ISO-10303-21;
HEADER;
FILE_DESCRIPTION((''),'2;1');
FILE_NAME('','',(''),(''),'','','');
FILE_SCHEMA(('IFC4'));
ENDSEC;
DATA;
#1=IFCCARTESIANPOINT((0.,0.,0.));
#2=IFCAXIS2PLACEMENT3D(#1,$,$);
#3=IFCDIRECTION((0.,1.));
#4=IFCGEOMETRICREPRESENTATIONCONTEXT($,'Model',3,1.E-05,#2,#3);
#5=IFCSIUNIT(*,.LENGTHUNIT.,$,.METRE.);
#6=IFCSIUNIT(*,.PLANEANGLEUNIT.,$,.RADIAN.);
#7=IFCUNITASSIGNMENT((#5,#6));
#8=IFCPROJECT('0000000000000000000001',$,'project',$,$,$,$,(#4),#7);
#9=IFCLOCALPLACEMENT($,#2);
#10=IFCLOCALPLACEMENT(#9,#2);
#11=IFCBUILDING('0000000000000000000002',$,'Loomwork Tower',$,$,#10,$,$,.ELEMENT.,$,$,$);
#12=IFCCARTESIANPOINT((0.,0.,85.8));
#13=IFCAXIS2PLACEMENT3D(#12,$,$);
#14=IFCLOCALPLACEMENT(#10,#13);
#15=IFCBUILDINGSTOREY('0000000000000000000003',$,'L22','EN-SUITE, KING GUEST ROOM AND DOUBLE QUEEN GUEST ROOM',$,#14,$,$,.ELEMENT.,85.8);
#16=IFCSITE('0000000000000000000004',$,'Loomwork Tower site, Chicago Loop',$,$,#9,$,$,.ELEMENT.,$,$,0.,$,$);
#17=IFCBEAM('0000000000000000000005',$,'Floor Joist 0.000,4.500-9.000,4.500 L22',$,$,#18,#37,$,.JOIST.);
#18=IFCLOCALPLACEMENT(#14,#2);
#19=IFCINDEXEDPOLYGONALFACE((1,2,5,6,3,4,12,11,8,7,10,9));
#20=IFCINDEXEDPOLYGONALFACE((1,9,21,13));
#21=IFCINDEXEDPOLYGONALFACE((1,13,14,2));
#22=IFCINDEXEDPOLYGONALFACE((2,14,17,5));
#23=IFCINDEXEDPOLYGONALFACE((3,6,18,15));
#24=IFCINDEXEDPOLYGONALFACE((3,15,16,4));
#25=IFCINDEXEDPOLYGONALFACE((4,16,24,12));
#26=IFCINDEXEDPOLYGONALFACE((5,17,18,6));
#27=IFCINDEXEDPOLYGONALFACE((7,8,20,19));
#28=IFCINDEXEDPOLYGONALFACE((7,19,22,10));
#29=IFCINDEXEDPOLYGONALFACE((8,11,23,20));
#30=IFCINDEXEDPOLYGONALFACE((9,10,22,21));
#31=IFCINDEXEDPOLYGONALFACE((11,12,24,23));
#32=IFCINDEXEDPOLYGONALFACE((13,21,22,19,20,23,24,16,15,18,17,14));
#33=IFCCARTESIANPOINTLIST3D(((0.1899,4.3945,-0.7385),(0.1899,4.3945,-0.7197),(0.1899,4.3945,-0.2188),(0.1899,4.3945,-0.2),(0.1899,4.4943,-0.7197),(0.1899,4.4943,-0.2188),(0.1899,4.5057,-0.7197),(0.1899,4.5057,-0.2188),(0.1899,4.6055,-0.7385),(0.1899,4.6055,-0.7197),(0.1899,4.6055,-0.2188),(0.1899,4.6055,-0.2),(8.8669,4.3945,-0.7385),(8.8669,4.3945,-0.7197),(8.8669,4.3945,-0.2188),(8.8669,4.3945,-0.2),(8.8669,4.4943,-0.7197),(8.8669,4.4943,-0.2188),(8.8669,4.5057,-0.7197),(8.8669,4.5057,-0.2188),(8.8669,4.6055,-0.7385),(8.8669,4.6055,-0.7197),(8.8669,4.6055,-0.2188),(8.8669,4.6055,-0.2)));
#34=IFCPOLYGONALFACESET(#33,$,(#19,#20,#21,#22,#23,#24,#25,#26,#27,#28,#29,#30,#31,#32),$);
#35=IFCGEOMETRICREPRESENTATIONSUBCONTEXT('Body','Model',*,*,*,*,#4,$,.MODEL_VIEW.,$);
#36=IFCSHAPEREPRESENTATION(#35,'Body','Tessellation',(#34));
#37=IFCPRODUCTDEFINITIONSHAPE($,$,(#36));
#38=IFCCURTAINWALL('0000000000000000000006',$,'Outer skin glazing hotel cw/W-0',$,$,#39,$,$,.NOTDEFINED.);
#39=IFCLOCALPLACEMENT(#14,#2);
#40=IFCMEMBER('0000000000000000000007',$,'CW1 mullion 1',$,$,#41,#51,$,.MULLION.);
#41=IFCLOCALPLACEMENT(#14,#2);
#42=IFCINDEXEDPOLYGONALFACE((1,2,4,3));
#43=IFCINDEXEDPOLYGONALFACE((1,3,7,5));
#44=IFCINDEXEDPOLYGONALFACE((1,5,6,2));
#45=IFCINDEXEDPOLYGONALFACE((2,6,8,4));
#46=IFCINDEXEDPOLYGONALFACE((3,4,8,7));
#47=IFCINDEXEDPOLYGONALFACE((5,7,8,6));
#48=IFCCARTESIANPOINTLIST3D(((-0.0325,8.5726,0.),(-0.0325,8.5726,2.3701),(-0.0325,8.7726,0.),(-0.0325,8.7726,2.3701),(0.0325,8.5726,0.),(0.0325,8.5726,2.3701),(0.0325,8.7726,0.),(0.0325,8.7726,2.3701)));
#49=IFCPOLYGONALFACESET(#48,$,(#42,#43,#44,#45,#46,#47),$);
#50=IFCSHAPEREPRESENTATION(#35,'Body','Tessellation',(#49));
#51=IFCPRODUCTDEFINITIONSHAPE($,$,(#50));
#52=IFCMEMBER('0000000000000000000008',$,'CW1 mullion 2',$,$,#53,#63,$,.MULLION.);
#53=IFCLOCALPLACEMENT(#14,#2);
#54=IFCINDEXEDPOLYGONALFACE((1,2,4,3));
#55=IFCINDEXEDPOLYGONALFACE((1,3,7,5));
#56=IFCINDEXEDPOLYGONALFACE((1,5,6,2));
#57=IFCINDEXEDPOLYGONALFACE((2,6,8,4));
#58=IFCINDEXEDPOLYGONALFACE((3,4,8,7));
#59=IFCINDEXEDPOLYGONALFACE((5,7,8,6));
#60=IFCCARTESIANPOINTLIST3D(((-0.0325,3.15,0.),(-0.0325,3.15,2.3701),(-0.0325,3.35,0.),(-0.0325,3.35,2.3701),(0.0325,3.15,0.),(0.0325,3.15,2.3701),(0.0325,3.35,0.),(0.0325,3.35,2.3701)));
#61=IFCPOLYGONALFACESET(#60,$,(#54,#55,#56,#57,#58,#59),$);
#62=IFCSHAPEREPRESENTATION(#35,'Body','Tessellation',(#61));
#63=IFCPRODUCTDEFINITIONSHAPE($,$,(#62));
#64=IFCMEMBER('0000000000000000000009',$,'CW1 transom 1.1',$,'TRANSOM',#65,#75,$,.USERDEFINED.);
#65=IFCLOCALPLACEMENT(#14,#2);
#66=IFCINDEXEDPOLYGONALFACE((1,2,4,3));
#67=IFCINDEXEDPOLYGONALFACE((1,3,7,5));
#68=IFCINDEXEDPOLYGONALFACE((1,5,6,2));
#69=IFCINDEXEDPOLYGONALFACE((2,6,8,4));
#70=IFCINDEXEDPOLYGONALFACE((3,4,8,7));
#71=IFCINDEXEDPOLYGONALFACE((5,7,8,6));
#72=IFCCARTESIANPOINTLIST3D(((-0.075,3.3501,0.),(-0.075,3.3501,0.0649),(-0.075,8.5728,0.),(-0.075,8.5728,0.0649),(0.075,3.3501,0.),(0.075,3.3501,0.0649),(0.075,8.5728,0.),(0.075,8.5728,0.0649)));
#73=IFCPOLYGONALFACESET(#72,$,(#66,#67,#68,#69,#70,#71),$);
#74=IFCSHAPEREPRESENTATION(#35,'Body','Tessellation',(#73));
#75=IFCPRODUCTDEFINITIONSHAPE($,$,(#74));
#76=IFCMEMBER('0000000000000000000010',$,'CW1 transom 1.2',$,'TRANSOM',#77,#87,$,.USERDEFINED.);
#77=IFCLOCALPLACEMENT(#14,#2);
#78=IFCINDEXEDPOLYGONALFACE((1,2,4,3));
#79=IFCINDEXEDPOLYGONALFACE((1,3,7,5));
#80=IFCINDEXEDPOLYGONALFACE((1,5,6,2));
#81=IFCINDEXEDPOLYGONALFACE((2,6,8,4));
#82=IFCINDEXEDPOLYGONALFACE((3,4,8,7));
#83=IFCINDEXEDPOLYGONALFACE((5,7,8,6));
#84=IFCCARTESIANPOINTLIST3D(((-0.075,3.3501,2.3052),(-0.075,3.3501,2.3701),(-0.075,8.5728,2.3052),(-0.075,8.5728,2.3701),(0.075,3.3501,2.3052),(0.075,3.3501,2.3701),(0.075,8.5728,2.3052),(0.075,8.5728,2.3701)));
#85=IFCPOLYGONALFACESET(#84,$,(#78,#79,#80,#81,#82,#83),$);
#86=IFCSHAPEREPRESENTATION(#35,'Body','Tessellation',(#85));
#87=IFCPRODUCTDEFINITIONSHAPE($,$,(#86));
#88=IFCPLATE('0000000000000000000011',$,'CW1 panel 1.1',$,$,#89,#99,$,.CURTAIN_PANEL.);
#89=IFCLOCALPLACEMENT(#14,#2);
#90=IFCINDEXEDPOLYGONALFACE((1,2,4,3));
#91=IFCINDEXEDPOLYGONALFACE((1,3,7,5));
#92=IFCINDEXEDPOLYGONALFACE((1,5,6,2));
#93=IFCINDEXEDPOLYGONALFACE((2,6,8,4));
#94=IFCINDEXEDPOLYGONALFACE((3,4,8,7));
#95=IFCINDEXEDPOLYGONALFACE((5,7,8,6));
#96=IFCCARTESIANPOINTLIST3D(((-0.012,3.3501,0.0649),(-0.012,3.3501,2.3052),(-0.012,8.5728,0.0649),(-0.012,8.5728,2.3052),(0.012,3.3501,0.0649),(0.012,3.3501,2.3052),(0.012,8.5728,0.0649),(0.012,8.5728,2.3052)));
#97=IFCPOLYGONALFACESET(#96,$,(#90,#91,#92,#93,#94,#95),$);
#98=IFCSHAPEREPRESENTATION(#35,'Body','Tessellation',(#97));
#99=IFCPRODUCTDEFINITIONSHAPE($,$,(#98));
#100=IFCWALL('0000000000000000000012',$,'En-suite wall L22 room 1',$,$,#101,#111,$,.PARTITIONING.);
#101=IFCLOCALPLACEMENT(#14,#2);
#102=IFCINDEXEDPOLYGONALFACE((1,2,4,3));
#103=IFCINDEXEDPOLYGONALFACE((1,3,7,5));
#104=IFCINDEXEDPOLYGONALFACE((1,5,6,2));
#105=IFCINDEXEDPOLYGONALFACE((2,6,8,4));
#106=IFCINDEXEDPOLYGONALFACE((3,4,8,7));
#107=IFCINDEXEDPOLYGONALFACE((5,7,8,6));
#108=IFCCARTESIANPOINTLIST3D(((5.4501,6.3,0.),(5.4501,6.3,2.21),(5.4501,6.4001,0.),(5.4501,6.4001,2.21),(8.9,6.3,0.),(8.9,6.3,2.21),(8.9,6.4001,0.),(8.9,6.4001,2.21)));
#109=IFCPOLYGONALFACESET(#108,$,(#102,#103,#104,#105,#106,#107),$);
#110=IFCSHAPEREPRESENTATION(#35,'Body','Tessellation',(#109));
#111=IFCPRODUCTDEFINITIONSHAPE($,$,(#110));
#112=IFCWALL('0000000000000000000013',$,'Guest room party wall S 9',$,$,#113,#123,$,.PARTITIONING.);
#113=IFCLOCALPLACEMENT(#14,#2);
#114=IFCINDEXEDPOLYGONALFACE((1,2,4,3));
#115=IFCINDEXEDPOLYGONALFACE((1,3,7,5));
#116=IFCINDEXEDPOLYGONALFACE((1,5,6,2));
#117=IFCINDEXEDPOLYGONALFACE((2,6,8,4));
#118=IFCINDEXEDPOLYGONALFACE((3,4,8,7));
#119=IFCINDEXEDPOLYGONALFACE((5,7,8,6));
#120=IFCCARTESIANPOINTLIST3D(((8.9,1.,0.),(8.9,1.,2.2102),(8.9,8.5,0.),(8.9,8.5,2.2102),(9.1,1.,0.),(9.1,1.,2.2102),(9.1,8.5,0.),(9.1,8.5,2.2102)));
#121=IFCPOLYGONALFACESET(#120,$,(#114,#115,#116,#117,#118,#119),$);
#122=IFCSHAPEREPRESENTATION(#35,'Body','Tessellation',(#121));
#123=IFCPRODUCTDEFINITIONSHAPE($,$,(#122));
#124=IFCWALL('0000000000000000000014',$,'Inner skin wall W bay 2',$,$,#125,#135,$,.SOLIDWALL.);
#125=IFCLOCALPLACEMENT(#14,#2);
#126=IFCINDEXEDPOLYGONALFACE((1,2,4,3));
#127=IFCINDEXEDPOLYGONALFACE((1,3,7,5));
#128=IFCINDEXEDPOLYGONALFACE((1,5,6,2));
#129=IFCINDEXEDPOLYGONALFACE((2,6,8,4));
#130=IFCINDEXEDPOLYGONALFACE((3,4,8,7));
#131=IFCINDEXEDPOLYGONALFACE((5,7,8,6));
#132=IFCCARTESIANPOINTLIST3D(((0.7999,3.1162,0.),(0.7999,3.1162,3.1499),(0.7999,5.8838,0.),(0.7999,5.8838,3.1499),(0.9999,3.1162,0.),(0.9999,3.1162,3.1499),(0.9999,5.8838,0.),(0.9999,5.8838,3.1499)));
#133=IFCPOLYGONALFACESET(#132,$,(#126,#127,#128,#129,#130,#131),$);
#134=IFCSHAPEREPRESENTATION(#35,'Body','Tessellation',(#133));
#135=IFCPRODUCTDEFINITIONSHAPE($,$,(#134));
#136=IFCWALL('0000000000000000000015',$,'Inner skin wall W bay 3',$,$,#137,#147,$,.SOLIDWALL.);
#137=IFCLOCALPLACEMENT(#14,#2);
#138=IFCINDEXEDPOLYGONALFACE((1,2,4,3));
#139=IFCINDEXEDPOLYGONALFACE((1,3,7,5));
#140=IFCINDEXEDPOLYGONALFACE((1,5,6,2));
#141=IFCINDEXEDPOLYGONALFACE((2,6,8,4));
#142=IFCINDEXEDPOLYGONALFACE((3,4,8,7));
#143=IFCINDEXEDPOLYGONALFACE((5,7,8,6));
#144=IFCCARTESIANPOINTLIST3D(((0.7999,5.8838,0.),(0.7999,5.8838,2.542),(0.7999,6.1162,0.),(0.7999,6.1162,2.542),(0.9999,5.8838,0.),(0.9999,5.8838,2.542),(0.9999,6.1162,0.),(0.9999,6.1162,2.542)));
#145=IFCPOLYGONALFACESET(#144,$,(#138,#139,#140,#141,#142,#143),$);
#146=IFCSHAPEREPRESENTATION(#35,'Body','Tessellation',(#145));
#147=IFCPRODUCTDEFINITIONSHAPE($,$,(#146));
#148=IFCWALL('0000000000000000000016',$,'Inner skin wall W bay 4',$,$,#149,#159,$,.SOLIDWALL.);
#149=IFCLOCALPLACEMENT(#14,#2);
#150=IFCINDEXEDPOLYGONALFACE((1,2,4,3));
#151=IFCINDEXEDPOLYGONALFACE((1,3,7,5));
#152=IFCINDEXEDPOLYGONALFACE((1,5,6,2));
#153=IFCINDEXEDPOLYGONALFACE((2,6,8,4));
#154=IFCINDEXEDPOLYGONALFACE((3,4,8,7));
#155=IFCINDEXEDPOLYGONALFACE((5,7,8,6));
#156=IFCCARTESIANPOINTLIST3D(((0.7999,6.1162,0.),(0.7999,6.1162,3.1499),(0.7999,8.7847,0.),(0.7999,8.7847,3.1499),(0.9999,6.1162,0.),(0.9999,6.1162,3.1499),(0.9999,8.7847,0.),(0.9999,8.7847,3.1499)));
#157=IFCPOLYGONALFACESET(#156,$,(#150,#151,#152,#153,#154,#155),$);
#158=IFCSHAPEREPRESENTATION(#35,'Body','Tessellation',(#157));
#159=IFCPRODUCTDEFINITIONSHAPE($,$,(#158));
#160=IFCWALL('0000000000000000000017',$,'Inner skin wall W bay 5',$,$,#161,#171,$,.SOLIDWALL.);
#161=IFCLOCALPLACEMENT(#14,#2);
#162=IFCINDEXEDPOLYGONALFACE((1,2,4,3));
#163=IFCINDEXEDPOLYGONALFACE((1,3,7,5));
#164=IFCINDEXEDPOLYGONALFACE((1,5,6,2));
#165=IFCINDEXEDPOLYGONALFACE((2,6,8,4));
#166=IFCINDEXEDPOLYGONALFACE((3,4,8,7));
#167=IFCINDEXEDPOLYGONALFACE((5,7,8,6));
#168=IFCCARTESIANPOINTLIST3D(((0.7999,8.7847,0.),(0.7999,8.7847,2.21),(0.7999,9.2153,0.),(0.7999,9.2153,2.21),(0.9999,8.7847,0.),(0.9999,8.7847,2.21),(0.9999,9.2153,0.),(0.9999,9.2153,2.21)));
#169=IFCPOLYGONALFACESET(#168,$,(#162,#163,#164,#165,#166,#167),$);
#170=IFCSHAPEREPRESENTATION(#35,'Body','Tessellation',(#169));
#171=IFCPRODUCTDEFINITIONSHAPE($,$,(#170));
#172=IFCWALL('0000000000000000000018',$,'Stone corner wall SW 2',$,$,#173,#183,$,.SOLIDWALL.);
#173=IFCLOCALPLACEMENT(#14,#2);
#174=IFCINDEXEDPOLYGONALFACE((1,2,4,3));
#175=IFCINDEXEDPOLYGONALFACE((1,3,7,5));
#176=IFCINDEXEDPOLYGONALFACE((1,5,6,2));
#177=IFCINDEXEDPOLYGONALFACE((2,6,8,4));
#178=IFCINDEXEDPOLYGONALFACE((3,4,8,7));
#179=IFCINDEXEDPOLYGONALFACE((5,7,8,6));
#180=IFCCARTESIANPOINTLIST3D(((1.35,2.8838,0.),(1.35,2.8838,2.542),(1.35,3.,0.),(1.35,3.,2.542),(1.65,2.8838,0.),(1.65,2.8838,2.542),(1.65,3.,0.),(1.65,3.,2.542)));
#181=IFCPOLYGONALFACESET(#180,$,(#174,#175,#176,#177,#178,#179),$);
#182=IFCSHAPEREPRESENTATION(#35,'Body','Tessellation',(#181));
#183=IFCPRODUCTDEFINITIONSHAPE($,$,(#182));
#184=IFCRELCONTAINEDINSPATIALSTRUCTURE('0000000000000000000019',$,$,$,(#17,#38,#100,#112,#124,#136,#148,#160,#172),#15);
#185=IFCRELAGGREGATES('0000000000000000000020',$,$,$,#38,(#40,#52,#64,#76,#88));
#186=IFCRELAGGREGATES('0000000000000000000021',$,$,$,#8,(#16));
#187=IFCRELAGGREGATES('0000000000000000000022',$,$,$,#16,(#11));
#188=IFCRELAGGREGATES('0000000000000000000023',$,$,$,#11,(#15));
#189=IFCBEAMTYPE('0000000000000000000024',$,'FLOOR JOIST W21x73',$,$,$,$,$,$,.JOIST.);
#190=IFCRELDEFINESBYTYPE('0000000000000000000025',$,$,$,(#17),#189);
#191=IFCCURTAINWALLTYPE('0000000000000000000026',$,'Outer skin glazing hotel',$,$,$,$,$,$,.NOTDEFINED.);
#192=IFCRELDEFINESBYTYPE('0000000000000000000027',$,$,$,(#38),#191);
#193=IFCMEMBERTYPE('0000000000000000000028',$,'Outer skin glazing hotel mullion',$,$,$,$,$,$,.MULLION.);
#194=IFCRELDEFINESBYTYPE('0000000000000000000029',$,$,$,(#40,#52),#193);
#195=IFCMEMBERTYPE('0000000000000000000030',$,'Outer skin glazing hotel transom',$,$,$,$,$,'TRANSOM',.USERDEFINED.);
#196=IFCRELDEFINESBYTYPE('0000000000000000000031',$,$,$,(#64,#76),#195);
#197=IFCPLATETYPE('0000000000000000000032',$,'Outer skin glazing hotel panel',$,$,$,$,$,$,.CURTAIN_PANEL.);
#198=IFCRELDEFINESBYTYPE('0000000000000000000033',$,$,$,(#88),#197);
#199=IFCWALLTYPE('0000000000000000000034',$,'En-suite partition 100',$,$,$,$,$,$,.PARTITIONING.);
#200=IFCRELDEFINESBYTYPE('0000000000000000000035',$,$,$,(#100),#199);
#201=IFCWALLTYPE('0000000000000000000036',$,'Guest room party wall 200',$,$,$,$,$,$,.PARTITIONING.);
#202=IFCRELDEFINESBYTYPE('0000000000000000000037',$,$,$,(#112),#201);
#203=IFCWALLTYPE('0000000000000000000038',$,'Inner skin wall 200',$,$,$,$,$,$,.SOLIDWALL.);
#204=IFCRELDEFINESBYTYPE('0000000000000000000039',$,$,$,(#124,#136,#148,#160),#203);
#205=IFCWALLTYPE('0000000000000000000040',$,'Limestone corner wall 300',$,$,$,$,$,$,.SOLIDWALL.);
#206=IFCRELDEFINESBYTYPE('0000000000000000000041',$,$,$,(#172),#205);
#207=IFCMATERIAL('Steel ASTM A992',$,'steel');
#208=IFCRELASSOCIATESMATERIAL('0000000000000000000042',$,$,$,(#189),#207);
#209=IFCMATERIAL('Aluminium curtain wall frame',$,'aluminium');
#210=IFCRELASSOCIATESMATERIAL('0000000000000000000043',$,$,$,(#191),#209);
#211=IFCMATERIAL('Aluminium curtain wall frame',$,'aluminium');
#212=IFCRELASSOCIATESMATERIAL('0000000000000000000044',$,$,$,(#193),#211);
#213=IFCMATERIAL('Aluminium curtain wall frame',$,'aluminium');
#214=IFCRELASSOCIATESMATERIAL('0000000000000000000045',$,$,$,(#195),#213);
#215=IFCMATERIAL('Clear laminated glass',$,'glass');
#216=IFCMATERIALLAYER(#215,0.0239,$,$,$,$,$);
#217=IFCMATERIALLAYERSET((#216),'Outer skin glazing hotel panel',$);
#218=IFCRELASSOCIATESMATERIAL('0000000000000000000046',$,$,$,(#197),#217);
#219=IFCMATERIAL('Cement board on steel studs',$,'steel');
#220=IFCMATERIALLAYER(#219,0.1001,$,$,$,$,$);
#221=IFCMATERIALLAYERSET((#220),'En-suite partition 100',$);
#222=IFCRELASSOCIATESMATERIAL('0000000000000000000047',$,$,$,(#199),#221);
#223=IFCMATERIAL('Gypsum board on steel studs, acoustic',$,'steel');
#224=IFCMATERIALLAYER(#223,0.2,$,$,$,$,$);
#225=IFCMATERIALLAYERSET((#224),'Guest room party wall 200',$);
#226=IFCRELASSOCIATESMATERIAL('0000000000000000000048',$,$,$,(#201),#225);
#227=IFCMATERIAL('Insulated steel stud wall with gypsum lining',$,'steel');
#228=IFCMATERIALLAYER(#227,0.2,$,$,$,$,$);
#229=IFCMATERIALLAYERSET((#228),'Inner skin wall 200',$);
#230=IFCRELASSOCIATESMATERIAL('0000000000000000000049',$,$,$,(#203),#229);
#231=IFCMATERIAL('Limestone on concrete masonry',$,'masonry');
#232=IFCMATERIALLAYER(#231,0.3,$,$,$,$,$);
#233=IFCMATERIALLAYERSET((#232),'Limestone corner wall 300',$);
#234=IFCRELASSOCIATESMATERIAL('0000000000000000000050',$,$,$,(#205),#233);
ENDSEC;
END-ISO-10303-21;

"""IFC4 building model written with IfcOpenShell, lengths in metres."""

from ifc_helpers import new_model, si_unit, direction, frame, frame_2d, origin, origin_2d, place, context, subcontext, project, spatial, rectangle, i_section, extrude, material, layer, layer_set, material_profile, profile_set, type_object, element, aggregate, save


model = new_model("IFC4")

# Units and contexts
model_context = context("Model", 3, precision=1e-05, world=origin(), true_north=direction((0.0, 1.0)))
body_context = subcontext(model_context, "Body", "Model", "MODEL_VIEW")
ifc_project = project(units=[si_unit("LENGTHUNIT", "METRE"), si_unit("PLANEANGLEUNIT", "RADIAN")], contexts=[model_context])

# Site, building, storey
site_placement = place(None, origin())
site = spatial("IfcSite", under=ifc_project, at=site_placement, Name="Loomwork Tower site, Chicago Loop", CompositionType="ELEMENT", RefElevation=0.0)
building_placement = place(site_placement, origin())
building = spatial("IfcBuilding", under=site, at=building_placement, Name="Loomwork Tower", CompositionType="ELEMENT")
storey_placement = place(building_placement, frame((0.0, 0.0, 85.8)))
storey = spatial("IfcBuildingStorey", under=building, at=storey_placement, Name="L22", Description="EN-SUITE, KING GUEST ROOM AND DOUBLE QUEEN GUEST ROOM", CompositionType="ELEMENT", Elevation=85.8)

# Beam
ifc_material_1 = material(Name="Steel ASTM A992", Category="steel")
ifc_material_profile_1 = material_profile(ifc_material_1, i_section(OverallWidth=0.2109, OverallDepth=0.5386, WebThickness=0.0115, FlangeThickness=0.0188, at=origin_2d()), Name="W21x73")
ifc_profile_set_1 = profile_set([ifc_material_profile_1], Name="Steel ASTM A992")
beam_type = type_object("IfcBeamType", Name="FLOOR JOIST W21x73", PredefinedType="JOIST", material=ifc_profile_set_1)
beam_placement = place(storey_placement, frame((0.1899, 4.5, -0.4692), z_axis=(1.0, 0.0, 0.0), x_axis=(0.0, 1.0, 0.0)))
element("IfcBeam", 1, at=beam_placement, inside=storey, type_object=beam_type, Name="Floor Joist 0.000,4.500-9.000,4.500 L22", PredefinedType="JOIST", context=body_context, shape_type="SweptSolid", body=[
    extrude(i_section(OverallWidth=0.2109, OverallDepth=0.5386, WebThickness=0.0115, FlangeThickness=0.0188, at=origin_2d()), origin(), (0.0, 0.0, 1.0), 8.677),
])

# Curtain wall, members, plate
ifc_material_2 = material(Name="Aluminium curtain wall frame", Category="aluminium")
curtain_wall_type = type_object("IfcCurtainWallType", Name="Outer skin glazing hotel", PredefinedType="NOTDEFINED", material=ifc_material_2)
curtain_wall_placement = place(storey_placement, origin())
curtain_wall = element("IfcCurtainWall", 2, at=curtain_wall_placement, inside=storey, type_object=curtain_wall_type, Name="Outer skin glazing hotel cw/W-0", PredefinedType="NOTDEFINED")
ifc_material_3 = material(Name="Aluminium curtain wall frame", Category="aluminium")
ifc_material_profile_2 = material_profile(ifc_material_3, rectangle(XDim=0.0649, YDim=0.2, at=origin_2d()), Name="AL 65x200")
ifc_profile_set_2 = profile_set([ifc_material_profile_2], Name="Aluminium curtain wall frame")
member_type_1 = type_object("IfcMemberType", Name="Outer skin glazing hotel mullion", PredefinedType="MULLION", material=ifc_profile_set_2)
member_1_placement = place(storey_placement, frame((0.0, 8.6726, 0.0), z_axis=(0.0, 0.0, 1.0), x_axis=(1.0, 0.0, 0.0)))
member_1 = element("IfcMember", 3, at=member_1_placement, type_object=member_type_1, Name="CW1 mullion 1", PredefinedType="MULLION", context=body_context, shape_type="SweptSolid", body=[
    extrude(rectangle(XDim=0.0649, YDim=0.2, at=origin_2d()), origin(), (0.0, 0.0, 1.0), 2.3701),
])
member_2_placement = place(storey_placement, frame((0.0, 3.25, 0.0), z_axis=(0.0, 0.0, 1.0), x_axis=(1.0, 0.0, 0.0)))
member_2 = element("IfcMember", 4, at=member_2_placement, type_object=member_type_1, Name="CW1 mullion 2", PredefinedType="MULLION", context=body_context, shape_type="SweptSolid", body=[
    extrude(rectangle(XDim=0.0649, YDim=0.2, at=origin_2d()), origin(), (0.0, 0.0, 1.0), 2.3701),
])
ifc_material_4 = material(Name="Aluminium curtain wall frame", Category="aluminium")
ifc_material_profile_3 = material_profile(ifc_material_4, rectangle(XDim=0.1499, YDim=0.0649, at=origin_2d()), Name="AL 65x150")
ifc_profile_set_3 = profile_set([ifc_material_profile_3], Name="Aluminium curtain wall frame")
member_type_2 = type_object("IfcMemberType", Name="Outer skin glazing hotel transom", ElementType="TRANSOM", PredefinedType="USERDEFINED", material=ifc_profile_set_3)
member_3_placement = place(storey_placement, frame((0.0, 8.5728, 0.0325), z_axis=(0.0, -1.0, 0.0), x_axis=(1.0, 0.0, 0.0)))
member_3 = element("IfcMember", 5, at=member_3_placement, type_object=member_type_2, Name="CW1 transom 1.1", ObjectType="TRANSOM", PredefinedType="USERDEFINED", context=body_context, shape_type="SweptSolid", body=[
    extrude(rectangle(XDim=0.1499, YDim=0.0649, at=origin_2d()), origin(), (0.0, 0.0, 1.0), 5.2227),
])
member_4_placement = place(storey_placement, frame((0.0, 8.5728, 2.3376), z_axis=(0.0, -1.0, 0.0), x_axis=(1.0, 0.0, 0.0)))
member_4 = element("IfcMember", 6, at=member_4_placement, type_object=member_type_2, Name="CW1 transom 1.2", ObjectType="TRANSOM", PredefinedType="USERDEFINED", context=body_context, shape_type="SweptSolid", body=[
    extrude(rectangle(XDim=0.1499, YDim=0.0649, at=origin_2d()), origin(), (0.0, 0.0, 1.0), 5.2227),
])
ifc_material_5 = material(Name="Clear laminated glass", Category="glass")
ifc_layer_1 = layer(ifc_material_5, 0.0239)
ifc_layer_set_1 = layer_set([ifc_layer_1], Name="Outer skin glazing hotel panel")
plate_type = type_object("IfcPlateType", Name="Outer skin glazing hotel panel", PredefinedType="CURTAIN_PANEL", material=ifc_layer_set_1)
plate_placement = place(storey_placement, frame((0.0, 5.9614, 0.0649), z_axis=(0.0, 0.0, 1.0), x_axis=(0.0, -1.0, 0.0)))
plate = element("IfcPlate", 7, at=plate_placement, type_object=plate_type, Name="CW1 panel 1.1", PredefinedType="CURTAIN_PANEL", context=body_context, shape_type="SweptSolid", body=[
    extrude(rectangle(XDim=5.2227, YDim=0.0239, at=origin_2d()), origin(), (0.0, 0.0, 1.0), 2.2402),
])
aggregate(curtain_wall, [member_1, member_2, member_3, member_4, plate])

# Walls
ifc_material_6 = material(Name="Cement board on steel studs", Category="steel")
ifc_layer_2 = layer(ifc_material_6, 0.1001)
ifc_layer_set_2 = layer_set([ifc_layer_2], Name="En-suite partition 100")
wall_type_1 = type_object("IfcWallType", Name="En-suite partition 100", PredefinedType="PARTITIONING", material=ifc_layer_set_2)
wall_1_placement = place(storey_placement, frame((5.45, 6.3501, 0.0), z_axis=(0.0, 0.0, 1.0), x_axis=(1.0, 0.0, 0.0)))
element("IfcWall", 8, at=wall_1_placement, inside=storey, type_object=wall_type_1, Name="En-suite wall L22 room 1", PredefinedType="PARTITIONING", context=body_context, shape_type="SweptSolid", body=[
    extrude(rectangle(XDim=3.45, YDim=0.1001, at=frame_2d((1.7251, 0.0))), origin(), (0.0, 0.0, 1.0), 2.21),
])
ifc_material_7 = material(Name="Gypsum board on steel studs, acoustic", Category="steel")
ifc_layer_3 = layer(ifc_material_7, 0.2)
ifc_layer_set_3 = layer_set([ifc_layer_3], Name="Guest room party wall 200")
wall_type_2 = type_object("IfcWallType", Name="Guest room party wall 200", PredefinedType="PARTITIONING", material=ifc_layer_set_3)
wall_2_placement = place(storey_placement, frame((9.0, 8.5, 0.0), z_axis=(0.0, 0.0, 1.0), x_axis=(0.0, -1.0, 0.0)))
element("IfcWall", 9, at=wall_2_placement, inside=storey, type_object=wall_type_2, Name="Guest room party wall S 9", PredefinedType="PARTITIONING", context=body_context, shape_type="SweptSolid", body=[
    extrude(rectangle(XDim=7.5, YDim=0.2, at=frame_2d((3.75, 0.0))), origin(), (0.0, 0.0, 1.0), 2.2102),
])
ifc_material_8 = material(Name="Insulated steel stud wall with gypsum lining", Category="steel")
ifc_layer_4 = layer(ifc_material_8, 0.2)
ifc_layer_set_4 = layer_set([ifc_layer_4], Name="Inner skin wall 200")
wall_type_3 = type_object("IfcWallType", Name="Inner skin wall 200", PredefinedType="SOLIDWALL", material=ifc_layer_set_4)
wall_3_placement = place(storey_placement, frame((0.8999, 3.1162, 0.0), z_axis=(0.0, 0.0, 1.0), x_axis=(0.0, 1.0, 0.0)))
element("IfcWall", 10, at=wall_3_placement, inside=storey, type_object=wall_type_3, Name="Inner skin wall W bay 2", PredefinedType="SOLIDWALL", context=body_context, shape_type="SweptSolid", body=[
    extrude(rectangle(XDim=2.7676, YDim=0.2, at=frame_2d((1.3838, 0.0))), origin(), (0.0, 0.0, 1.0), 3.1499),
])
wall_4_placement = place(storey_placement, frame((0.8999, 5.8838, 0.0), z_axis=(0.0, 0.0, 1.0), x_axis=(0.0, 1.0, 0.0)))
element("IfcWall", 11, at=wall_4_placement, inside=storey, type_object=wall_type_3, Name="Inner skin wall W bay 3", PredefinedType="SOLIDWALL", context=body_context, shape_type="SweptSolid", body=[
    extrude(rectangle(XDim=0.2324, YDim=0.2, at=frame_2d((0.1162, 0.0))), origin(), (0.0, 0.0, 1.0), 2.542),
])
wall_5_placement = place(storey_placement, frame((0.8999, 6.1162, 0.0), z_axis=(0.0, 0.0, 1.0), x_axis=(0.0, 1.0, 0.0)))
element("IfcWall", 12, at=wall_5_placement, inside=storey, type_object=wall_type_3, Name="Inner skin wall W bay 4", PredefinedType="SOLIDWALL", context=body_context, shape_type="SweptSolid", body=[
    extrude(rectangle(XDim=2.6685, YDim=0.2, at=frame_2d((1.3342, 0.0))), origin(), (0.0, 0.0, 1.0), 3.1499),
])
wall_6_placement = place(storey_placement, frame((0.8999, 8.7847, 0.0), z_axis=(0.0, 0.0, 1.0), x_axis=(0.0, 1.0, 0.0)))
element("IfcWall", 13, at=wall_6_placement, inside=storey, type_object=wall_type_3, Name="Inner skin wall W bay 5", PredefinedType="SOLIDWALL", context=body_context, shape_type="SweptSolid", body=[
    extrude(rectangle(XDim=0.4307, YDim=0.2, at=frame_2d((0.2153, 0.0))), origin(), (0.0, 0.0, 1.0), 2.21),
])
ifc_material_9 = material(Name="Limestone on concrete masonry", Category="masonry")
ifc_layer_5 = layer(ifc_material_9, 0.3)
ifc_layer_set_5 = layer_set([ifc_layer_5], Name="Limestone corner wall 300")
wall_type_4 = type_object("IfcWallType", Name="Limestone corner wall 300", PredefinedType="SOLIDWALL", material=ifc_layer_set_5)
wall_7_placement = place(storey_placement, frame((1.5, 3.0, 0.0), z_axis=(0.0, 0.0, 1.0), x_axis=(0.0, -1.0, 0.0)))
element("IfcWall", 14, at=wall_7_placement, inside=storey, type_object=wall_type_4, Name="Stone corner wall SW 2", PredefinedType="SOLIDWALL", context=body_context, shape_type="SweptSolid", body=[
    extrude(rectangle(XDim=0.1162, YDim=0.3, at=frame_2d((0.0581, 0.0))), origin(), (0.0, 0.0, 1.0), 2.542),
])

save(model, "model.ifc")
